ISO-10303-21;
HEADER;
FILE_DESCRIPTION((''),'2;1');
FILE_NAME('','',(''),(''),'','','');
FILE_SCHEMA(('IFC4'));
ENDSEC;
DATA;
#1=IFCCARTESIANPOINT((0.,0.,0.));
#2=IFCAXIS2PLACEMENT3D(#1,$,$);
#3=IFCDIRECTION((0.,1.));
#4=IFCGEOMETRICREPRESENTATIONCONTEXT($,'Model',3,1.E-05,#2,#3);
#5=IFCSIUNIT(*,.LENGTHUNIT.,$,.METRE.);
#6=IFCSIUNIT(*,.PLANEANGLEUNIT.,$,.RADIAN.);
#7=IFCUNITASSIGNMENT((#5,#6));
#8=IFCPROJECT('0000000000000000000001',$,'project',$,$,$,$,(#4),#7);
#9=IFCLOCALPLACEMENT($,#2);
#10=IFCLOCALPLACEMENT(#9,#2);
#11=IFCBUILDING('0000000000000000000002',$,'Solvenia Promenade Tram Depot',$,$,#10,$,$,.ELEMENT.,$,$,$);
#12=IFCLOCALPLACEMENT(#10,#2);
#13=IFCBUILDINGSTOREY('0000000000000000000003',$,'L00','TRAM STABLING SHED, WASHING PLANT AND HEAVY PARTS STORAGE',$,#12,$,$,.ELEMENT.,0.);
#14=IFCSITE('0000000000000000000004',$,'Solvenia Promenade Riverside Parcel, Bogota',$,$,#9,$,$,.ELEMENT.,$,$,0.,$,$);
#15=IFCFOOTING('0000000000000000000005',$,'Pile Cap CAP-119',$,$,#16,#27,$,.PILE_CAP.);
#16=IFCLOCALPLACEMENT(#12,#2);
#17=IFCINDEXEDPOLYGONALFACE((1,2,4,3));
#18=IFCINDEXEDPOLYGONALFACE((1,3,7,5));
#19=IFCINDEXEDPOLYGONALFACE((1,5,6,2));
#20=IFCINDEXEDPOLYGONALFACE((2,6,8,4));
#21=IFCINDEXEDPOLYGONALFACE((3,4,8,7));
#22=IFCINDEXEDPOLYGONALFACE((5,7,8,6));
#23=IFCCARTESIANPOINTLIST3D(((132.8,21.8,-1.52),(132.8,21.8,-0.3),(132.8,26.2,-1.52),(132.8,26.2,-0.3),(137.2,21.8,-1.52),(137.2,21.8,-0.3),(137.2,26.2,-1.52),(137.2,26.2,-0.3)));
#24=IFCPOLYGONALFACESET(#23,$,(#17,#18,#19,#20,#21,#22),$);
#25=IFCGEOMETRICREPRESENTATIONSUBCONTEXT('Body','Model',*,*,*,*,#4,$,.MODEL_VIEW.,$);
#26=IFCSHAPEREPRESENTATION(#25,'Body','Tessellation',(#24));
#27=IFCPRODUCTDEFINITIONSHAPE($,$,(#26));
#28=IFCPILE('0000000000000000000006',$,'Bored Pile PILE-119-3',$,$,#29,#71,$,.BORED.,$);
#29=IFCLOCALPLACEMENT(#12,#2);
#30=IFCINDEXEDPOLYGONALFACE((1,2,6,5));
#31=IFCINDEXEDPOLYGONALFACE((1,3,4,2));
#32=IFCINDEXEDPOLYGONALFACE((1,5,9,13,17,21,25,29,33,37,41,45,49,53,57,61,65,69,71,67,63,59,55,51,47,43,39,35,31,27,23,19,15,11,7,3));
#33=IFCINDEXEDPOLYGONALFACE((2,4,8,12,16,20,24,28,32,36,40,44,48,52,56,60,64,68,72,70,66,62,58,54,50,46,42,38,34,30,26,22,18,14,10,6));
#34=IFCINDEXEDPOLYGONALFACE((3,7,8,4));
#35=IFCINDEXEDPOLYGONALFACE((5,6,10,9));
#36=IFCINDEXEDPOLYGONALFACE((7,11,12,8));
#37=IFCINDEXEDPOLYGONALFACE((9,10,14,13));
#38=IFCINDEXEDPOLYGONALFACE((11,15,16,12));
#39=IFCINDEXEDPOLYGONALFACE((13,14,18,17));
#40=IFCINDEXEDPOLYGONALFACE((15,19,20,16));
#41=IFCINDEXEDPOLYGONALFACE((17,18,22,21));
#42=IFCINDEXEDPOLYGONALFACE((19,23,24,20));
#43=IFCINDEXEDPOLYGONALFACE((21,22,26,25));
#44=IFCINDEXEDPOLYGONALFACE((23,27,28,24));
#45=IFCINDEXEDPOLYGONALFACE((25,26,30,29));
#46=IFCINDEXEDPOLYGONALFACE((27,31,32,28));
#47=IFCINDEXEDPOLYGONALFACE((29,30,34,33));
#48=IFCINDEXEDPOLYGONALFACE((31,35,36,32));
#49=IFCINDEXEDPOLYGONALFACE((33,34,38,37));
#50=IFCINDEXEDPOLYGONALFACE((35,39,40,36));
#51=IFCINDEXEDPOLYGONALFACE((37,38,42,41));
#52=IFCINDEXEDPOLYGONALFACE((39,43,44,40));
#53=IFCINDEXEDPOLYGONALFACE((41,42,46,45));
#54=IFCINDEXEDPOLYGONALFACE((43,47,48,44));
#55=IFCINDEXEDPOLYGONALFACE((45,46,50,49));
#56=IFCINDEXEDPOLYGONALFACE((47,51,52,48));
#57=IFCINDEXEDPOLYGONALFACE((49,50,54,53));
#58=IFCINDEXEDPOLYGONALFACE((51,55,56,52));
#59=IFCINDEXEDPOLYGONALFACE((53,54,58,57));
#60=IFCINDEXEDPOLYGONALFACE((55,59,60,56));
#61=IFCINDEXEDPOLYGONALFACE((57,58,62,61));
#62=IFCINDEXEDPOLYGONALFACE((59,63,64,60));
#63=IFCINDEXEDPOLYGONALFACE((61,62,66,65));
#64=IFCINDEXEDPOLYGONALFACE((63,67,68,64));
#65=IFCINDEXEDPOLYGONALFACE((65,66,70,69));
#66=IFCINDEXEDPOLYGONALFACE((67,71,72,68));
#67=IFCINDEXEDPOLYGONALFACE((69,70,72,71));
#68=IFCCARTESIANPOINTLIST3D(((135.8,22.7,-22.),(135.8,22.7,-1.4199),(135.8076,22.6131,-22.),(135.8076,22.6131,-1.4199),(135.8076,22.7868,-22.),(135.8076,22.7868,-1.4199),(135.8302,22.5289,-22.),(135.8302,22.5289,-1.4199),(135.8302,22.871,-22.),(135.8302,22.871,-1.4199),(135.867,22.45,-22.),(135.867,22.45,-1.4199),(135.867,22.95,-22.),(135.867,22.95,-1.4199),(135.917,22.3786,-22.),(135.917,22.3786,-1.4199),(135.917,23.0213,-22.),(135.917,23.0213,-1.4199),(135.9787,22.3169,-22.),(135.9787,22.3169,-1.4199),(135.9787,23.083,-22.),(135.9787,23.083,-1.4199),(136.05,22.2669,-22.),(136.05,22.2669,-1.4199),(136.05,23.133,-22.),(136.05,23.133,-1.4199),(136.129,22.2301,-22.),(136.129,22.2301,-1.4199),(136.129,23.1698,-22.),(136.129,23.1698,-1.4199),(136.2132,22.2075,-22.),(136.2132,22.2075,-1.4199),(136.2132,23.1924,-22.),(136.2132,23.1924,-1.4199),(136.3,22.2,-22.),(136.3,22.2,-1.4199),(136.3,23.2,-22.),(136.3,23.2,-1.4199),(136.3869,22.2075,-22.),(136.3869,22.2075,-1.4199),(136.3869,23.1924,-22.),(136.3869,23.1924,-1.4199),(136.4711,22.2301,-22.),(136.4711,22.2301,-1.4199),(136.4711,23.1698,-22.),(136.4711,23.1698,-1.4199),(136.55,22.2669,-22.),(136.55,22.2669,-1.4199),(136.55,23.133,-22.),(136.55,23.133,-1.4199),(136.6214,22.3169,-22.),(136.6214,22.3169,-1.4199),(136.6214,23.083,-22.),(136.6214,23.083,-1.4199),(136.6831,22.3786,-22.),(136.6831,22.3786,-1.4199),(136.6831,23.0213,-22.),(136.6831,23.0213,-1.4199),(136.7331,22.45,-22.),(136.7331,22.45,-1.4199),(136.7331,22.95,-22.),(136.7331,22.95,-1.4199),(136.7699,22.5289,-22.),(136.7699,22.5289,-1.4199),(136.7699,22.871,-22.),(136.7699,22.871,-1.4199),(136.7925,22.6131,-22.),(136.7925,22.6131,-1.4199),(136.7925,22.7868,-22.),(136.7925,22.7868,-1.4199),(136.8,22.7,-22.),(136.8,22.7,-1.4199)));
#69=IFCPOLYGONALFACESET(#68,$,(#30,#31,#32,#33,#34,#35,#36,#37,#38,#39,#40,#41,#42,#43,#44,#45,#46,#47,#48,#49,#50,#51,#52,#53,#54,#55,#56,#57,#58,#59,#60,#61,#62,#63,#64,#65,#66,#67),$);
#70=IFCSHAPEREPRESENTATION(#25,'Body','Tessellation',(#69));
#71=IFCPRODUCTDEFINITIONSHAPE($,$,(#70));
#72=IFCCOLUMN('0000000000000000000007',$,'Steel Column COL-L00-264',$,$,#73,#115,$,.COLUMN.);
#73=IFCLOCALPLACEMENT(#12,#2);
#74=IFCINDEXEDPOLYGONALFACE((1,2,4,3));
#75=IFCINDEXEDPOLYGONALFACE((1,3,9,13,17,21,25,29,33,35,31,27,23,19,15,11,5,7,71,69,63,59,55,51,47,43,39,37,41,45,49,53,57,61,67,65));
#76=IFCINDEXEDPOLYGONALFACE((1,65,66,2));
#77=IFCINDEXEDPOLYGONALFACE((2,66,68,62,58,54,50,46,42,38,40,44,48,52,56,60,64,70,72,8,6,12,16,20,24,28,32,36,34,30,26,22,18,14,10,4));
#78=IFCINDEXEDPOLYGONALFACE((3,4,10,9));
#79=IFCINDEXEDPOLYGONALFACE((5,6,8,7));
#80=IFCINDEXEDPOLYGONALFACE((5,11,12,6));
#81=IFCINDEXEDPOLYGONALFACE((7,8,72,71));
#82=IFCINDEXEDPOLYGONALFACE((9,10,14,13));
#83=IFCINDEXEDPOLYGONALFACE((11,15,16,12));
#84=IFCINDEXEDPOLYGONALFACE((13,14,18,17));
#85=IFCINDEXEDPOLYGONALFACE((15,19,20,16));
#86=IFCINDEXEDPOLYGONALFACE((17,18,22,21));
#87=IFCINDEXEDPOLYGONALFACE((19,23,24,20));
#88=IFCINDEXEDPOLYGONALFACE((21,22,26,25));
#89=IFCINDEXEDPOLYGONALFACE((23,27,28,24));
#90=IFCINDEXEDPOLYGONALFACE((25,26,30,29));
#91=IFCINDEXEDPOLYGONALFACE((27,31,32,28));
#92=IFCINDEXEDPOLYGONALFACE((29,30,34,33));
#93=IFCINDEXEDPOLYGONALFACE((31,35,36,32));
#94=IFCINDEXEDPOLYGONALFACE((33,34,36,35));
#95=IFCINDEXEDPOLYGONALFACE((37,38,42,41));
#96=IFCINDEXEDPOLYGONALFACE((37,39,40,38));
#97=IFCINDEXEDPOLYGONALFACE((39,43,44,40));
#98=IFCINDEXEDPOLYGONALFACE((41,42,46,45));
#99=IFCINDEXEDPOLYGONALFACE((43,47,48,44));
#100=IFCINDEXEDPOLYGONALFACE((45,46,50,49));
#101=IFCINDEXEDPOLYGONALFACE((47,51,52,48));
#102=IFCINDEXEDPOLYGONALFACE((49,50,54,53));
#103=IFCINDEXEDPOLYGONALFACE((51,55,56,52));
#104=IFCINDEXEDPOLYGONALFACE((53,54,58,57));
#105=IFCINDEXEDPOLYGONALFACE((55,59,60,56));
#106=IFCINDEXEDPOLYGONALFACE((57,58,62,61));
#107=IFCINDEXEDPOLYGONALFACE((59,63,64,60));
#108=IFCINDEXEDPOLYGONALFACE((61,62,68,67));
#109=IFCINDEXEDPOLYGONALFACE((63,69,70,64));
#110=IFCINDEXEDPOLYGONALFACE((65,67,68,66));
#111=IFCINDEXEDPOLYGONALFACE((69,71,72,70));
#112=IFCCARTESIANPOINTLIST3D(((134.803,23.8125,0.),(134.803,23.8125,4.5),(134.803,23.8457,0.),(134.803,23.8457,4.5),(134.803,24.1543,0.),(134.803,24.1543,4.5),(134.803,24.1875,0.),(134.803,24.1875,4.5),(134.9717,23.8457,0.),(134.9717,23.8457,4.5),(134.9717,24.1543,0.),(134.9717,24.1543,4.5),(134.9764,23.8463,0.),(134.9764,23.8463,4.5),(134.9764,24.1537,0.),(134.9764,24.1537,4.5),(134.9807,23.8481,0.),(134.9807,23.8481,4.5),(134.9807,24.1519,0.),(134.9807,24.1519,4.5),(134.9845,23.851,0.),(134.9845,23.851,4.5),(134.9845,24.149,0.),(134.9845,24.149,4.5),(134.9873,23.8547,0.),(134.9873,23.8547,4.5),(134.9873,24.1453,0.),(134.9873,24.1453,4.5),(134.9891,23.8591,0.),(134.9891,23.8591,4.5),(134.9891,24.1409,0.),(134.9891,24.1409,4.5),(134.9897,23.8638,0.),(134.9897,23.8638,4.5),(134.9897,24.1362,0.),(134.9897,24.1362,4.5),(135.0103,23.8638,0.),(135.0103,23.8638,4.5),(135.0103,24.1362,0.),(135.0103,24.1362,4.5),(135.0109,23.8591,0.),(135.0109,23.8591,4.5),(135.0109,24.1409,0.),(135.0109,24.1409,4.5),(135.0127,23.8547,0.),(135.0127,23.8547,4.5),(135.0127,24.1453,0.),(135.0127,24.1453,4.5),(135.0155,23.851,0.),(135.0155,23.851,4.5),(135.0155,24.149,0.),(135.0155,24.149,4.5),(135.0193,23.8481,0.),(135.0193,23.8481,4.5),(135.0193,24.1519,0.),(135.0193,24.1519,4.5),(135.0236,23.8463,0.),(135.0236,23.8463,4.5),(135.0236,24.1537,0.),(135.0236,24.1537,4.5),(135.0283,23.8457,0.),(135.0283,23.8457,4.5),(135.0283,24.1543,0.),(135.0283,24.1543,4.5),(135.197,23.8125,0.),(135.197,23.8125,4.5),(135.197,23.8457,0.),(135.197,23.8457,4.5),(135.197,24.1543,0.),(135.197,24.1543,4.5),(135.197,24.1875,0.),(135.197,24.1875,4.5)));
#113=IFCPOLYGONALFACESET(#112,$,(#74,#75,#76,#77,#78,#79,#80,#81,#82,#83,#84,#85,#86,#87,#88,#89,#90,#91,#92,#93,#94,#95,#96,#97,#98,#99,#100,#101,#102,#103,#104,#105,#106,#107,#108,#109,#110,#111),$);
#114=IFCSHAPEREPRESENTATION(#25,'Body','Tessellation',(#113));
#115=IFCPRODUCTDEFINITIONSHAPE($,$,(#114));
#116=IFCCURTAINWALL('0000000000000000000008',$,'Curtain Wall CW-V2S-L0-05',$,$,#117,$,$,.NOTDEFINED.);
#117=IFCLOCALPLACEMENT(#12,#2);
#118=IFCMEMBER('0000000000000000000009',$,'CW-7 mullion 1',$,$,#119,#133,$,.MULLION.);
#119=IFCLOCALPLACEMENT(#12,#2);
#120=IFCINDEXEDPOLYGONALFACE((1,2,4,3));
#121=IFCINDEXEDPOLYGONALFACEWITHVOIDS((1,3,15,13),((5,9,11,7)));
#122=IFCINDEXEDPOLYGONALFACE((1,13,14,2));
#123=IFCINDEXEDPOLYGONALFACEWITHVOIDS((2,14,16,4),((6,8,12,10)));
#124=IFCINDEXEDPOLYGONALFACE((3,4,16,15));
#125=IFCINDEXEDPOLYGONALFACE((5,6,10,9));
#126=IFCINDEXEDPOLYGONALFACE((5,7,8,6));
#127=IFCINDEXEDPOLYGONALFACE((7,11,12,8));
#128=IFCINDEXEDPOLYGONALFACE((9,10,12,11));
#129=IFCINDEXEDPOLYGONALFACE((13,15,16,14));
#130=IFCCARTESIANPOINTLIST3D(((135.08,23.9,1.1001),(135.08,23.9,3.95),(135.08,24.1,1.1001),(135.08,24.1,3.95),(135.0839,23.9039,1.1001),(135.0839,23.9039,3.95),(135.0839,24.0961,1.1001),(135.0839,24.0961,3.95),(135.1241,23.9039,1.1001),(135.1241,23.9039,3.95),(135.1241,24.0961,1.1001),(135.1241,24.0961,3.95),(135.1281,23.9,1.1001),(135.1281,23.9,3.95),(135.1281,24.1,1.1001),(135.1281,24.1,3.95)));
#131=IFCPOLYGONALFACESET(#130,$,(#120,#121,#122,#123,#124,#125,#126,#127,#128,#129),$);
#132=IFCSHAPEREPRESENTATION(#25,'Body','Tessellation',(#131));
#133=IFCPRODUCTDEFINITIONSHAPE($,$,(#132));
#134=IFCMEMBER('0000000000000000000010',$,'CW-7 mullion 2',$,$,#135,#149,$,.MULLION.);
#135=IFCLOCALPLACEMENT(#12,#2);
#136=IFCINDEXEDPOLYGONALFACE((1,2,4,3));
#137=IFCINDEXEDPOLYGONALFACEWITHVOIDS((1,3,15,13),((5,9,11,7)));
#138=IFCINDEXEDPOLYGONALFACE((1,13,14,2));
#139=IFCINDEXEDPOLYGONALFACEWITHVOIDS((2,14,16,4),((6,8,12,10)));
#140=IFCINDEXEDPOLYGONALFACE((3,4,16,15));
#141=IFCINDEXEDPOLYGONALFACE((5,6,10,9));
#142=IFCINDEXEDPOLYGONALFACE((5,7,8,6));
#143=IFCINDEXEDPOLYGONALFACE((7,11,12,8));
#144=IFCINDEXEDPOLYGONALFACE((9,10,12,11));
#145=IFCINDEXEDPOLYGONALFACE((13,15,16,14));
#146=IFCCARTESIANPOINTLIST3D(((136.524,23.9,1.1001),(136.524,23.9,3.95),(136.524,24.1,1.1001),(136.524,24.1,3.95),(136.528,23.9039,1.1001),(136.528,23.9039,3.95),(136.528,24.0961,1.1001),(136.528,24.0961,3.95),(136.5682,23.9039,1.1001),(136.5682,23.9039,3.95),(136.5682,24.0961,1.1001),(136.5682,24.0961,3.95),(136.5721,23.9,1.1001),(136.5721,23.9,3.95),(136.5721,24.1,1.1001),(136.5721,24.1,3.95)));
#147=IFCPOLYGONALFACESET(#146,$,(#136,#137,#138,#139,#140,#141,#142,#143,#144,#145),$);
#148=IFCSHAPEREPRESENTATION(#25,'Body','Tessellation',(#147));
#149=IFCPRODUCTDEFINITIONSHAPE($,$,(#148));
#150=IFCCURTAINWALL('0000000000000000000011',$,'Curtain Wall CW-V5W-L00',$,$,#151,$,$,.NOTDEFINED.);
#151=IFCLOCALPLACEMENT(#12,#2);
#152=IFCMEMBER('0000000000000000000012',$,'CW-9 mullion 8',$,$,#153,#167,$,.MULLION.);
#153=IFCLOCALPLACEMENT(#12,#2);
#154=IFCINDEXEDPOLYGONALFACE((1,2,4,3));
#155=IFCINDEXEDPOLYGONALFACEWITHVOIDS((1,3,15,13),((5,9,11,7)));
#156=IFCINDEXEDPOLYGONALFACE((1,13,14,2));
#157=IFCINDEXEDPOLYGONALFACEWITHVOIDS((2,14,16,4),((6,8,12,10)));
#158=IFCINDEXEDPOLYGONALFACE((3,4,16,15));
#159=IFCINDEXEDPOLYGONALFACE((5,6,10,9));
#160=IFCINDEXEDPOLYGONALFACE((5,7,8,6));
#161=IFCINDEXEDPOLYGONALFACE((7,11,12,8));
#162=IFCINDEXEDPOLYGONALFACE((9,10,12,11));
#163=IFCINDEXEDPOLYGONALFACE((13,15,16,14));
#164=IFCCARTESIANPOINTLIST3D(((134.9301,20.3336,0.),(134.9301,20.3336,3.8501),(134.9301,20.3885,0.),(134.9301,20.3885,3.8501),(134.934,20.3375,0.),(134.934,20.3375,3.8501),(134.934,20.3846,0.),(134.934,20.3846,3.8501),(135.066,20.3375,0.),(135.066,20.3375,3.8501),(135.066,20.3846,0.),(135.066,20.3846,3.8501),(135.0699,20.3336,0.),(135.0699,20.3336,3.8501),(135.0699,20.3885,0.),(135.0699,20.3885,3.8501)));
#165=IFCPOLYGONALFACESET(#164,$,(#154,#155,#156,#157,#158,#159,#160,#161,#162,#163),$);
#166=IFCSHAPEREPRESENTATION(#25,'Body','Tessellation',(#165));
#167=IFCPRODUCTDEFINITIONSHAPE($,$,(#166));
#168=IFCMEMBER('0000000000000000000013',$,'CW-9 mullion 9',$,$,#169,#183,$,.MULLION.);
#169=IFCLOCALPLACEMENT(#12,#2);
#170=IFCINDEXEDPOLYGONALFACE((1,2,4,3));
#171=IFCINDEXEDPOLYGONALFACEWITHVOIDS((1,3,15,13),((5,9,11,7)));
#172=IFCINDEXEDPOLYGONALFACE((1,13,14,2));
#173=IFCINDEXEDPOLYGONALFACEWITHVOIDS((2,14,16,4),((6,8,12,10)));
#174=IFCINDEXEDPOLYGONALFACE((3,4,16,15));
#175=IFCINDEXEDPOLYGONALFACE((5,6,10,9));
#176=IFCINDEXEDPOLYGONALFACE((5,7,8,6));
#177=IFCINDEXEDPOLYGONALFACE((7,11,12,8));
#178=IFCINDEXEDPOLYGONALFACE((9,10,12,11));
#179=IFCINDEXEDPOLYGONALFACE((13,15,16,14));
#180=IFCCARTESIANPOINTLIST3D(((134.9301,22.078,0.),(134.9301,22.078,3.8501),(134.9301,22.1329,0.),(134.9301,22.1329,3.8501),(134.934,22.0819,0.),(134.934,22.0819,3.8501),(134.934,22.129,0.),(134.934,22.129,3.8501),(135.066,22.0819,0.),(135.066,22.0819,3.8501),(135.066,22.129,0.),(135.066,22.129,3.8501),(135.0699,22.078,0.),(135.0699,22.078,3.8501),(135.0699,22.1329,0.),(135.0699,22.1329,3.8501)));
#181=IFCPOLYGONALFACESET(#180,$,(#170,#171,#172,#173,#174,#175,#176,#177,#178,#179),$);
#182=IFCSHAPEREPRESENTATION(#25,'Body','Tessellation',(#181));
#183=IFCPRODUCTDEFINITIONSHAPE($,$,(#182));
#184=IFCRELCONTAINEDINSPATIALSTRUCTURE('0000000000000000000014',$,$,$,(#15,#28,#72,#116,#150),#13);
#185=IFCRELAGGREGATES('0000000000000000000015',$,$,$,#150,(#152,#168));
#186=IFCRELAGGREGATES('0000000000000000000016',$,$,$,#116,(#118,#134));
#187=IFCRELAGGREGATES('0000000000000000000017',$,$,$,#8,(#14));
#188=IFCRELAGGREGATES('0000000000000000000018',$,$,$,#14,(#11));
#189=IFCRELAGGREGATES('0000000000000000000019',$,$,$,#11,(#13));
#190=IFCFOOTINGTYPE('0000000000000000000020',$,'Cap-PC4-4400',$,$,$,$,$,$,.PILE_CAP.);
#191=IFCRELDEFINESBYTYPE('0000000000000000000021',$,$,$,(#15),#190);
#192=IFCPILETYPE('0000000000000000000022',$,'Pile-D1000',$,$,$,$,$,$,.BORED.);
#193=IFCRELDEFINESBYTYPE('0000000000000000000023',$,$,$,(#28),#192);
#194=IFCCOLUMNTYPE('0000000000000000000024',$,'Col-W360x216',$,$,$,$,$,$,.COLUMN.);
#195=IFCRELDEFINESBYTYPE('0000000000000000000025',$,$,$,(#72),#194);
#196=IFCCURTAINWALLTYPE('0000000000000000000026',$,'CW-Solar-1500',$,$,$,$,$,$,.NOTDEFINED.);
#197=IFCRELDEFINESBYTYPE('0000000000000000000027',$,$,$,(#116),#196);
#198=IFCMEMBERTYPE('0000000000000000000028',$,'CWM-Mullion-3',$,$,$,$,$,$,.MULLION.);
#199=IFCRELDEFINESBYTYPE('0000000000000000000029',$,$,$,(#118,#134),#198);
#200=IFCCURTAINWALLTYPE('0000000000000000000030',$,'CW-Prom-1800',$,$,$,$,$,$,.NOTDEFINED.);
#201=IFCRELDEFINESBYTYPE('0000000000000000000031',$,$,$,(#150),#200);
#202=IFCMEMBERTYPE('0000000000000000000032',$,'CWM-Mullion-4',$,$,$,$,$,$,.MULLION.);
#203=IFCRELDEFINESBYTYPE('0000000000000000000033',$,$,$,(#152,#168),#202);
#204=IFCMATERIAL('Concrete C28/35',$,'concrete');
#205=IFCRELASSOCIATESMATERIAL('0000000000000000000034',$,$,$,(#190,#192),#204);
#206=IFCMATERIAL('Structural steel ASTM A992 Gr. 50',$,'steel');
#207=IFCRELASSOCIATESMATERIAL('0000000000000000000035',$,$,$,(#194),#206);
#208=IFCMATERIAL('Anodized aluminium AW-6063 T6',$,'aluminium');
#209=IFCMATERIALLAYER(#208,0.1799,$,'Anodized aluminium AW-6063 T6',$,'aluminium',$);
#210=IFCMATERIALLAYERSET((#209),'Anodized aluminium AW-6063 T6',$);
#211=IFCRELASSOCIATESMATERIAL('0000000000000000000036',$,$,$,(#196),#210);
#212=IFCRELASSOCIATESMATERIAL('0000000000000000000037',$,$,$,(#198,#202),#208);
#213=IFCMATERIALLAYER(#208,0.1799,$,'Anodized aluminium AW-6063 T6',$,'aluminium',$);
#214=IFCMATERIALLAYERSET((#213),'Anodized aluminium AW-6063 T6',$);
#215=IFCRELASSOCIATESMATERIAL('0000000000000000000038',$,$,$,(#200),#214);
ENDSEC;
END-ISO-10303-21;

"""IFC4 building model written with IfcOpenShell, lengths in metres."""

from ifc_helpers import new_model, si_unit, direction, frame, origin, origin_2d, place, context, subcontext, project, spatial, rectangle, hollow_rectangle, circle, i_section, extrude, material, layer, layer_set, material_profile, profile_set, type_object, element, aggregate, save


model = new_model("IFC4")

# Units and contexts
model_context = context("Model", 3, precision=1e-05, world=origin(), true_north=direction((0.0, 1.0)))
body_context = subcontext(model_context, "Body", "Model", "MODEL_VIEW")
ifc_project = project(units=[si_unit("LENGTHUNIT", "METRE"), si_unit("PLANEANGLEUNIT", "RADIAN")], contexts=[model_context])

# Site, building, storey
site_placement = place(None, origin())
site = spatial("IfcSite", under=ifc_project, at=site_placement, Name="Solvenia Promenade Riverside Parcel, Bogota", CompositionType="ELEMENT", RefElevation=0.0)
building_placement = place(site_placement, origin())
building = spatial("IfcBuilding", under=site, at=building_placement, Name="Solvenia Promenade Tram Depot", CompositionType="ELEMENT")
storey_placement = place(building_placement, origin())
storey = spatial("IfcBuildingStorey", under=building, at=storey_placement, Name="L00", Description="TRAM STABLING SHED, WASHING PLANT AND HEAVY PARTS STORAGE", CompositionType="ELEMENT", Elevation=0.0)

# Footing
ifc_material_1 = material(Name="Concrete C28/35", Category="concrete")
footing_type = type_object("IfcFootingType", Name="Cap-PC4-4400", PredefinedType="PILE_CAP", material=ifc_material_1)
footing_placement = place(storey_placement, frame((135.0, 24.0, -1.52), z_axis=(0.0, 0.0, 1.0), x_axis=(1.0, 0.0, 0.0)))
element("IfcFooting", 1, at=footing_placement, inside=storey, type_object=footing_type, Name="Pile Cap CAP-119", PredefinedType="PILE_CAP", context=body_context, shape_type="SweptSolid", body=[
    extrude(rectangle(XDim=4.3999, YDim=4.3999, at=origin_2d()), origin(), (0.0, 0.0, 1.0), 1.22),
])

# Pile
ifc_material_profile_1 = material_profile(ifc_material_1, circle(Radius=0.5, at=origin_2d()), Name="D1000", Category="concrete")
ifc_profile_set_1 = profile_set([ifc_material_profile_1], Name="Concrete C28/35")
pile_type = type_object("IfcPileType", Name="Pile-D1000", PredefinedType="BORED", material=ifc_profile_set_1)
pile_placement = place(storey_placement, frame((136.3, 22.7, -1.4199), z_axis=(0.0, 0.0, -1.0), x_axis=(1.0, 0.0, 0.0)))
element("IfcPile", 2, at=pile_placement, inside=storey, type_object=pile_type, Name="Bored Pile PILE-119-3", PredefinedType="BORED", context=body_context, shape_type="SweptSolid", body=[
    extrude(circle(Radius=0.5, at=origin_2d()), origin(), (0.0, 0.0, 1.0), 20.5801),
])

# Column
ifc_material_2 = material(Name="Structural steel ASTM A992 Gr. 50", Category="steel")
ifc_material_profile_2 = material_profile(ifc_material_2, i_section(OverallWidth=0.394, OverallDepth=0.375, WebThickness=0.0205, FlangeThickness=0.0332, FilletRadius=0.0181, at=origin_2d()), Name="W360x216", Category="steel")
ifc_profile_set_2 = profile_set([ifc_material_profile_2], Name="Structural steel ASTM A992 Gr. 50")
column_type = type_object("IfcColumnType", Name="Col-W360x216", PredefinedType="COLUMN", material=ifc_profile_set_2)
column_placement = place(storey_placement, frame((135.0, 24.0, 0.0), z_axis=(0.0, 0.0, 1.0), x_axis=(1.0, 0.0, 0.0)))
element("IfcColumn", 3, at=column_placement, inside=storey, type_object=column_type, Name="Steel Column COL-L00-264", PredefinedType="COLUMN", context=body_context, shape_type="SweptSolid", body=[
    extrude(i_section(OverallWidth=0.394, OverallDepth=0.375, WebThickness=0.0205, FlangeThickness=0.0332, FilletRadius=0.0181, at=origin_2d()), origin(), (0.0, 0.0, 1.0), 4.5),
])

# Curtain walls, members
ifc_material_3 = material(Name="Anodized aluminium AW-6063 T6", Category="aluminium")
ifc_layer_1 = layer(ifc_material_3, 0.1799, Name="Anodized aluminium AW-6063 T6", Category="aluminium")
ifc_layer_set_1 = layer_set([ifc_layer_1], Name="Anodized aluminium AW-6063 T6")
curtain_wall_type_1 = type_object("IfcCurtainWallType", Name="CW-Solar-1500", PredefinedType="NOTDEFINED", material=ifc_layer_set_1)
curtain_wall_1_placement = place(storey_placement, origin())
curtain_wall_1 = element("IfcCurtainWall", 4, at=curtain_wall_1_placement, inside=storey, type_object=curtain_wall_type_1, Name="Curtain Wall CW-V2S-L0-05", PredefinedType="NOTDEFINED")
ifc_material_profile_3 = material_profile(ifc_material_3, hollow_rectangle(XDim=0.2, YDim=0.0481, WallThickness=0.0039, at=origin_2d()), Name="ALU-M3", Category="aluminium")
ifc_profile_set_3 = profile_set([ifc_material_profile_3], Name="Anodized aluminium AW-6063 T6")
member_type_1 = type_object("IfcMemberType", Name="CWM-Mullion-3", PredefinedType="MULLION", material=ifc_profile_set_3)
member_1_placement = place(storey_placement, frame((135.104, 24.0, 1.1001), z_axis=(0.0, 0.0, 1.0), x_axis=(0.0, 1.0, 0.0)))
member_1 = element("IfcMember", 5, at=member_1_placement, type_object=member_type_1, Name="CW-7 mullion 1", PredefinedType="MULLION", context=body_context, shape_type="SweptSolid", body=[
    extrude(hollow_rectangle(XDim=0.2, YDim=0.0481, WallThickness=0.0039, at=origin_2d()), origin(), (0.0, 0.0, 1.0), 2.8499),
])
member_2_placement = place(storey_placement, frame((136.5481, 24.0, 1.1001), z_axis=(0.0, 0.0, 1.0), x_axis=(0.0, 1.0, 0.0)))
member_2 = element("IfcMember", 6, at=member_2_placement, type_object=member_type_1, Name="CW-7 mullion 2", PredefinedType="MULLION", context=body_context, shape_type="SweptSolid", body=[
    extrude(hollow_rectangle(XDim=0.2, YDim=0.0481, WallThickness=0.0039, at=origin_2d()), origin(), (0.0, 0.0, 1.0), 2.8499),
])
ifc_layer_2 = layer(ifc_material_3, 0.1799, Name="Anodized aluminium AW-6063 T6", Category="aluminium")
ifc_layer_set_2 = layer_set([ifc_layer_2], Name="Anodized aluminium AW-6063 T6")
curtain_wall_type_2 = type_object("IfcCurtainWallType", Name="CW-Prom-1800", PredefinedType="NOTDEFINED", material=ifc_layer_set_2)
curtain_wall_2_placement = place(storey_placement, origin())
curtain_wall_2 = element("IfcCurtainWall", 7, at=curtain_wall_2_placement, inside=storey, type_object=curtain_wall_type_2, Name="Curtain Wall CW-V5W-L00", PredefinedType="NOTDEFINED")
ifc_material_profile_4 = material_profile(ifc_material_3, hollow_rectangle(XDim=0.1399, YDim=0.0549, WallThickness=0.0039, at=origin_2d()), Name="ALU-M4", Category="aluminium")
ifc_profile_set_4 = profile_set([ifc_material_profile_4], Name="Anodized aluminium AW-6063 T6")
member_type_2 = type_object("IfcMemberType", Name="CWM-Mullion-4", PredefinedType="MULLION", material=ifc_profile_set_4)
member_3_placement = place(storey_placement, frame((135.0, 20.3611, 0.0), z_axis=(0.0, 0.0, 1.0), x_axis=(-1.0, 0.0, 0.0)))
member_3 = element("IfcMember", 8, at=member_3_placement, type_object=member_type_2, Name="CW-9 mullion 8", PredefinedType="MULLION", context=body_context, shape_type="SweptSolid", body=[
    extrude(hollow_rectangle(XDim=0.1399, YDim=0.0549, WallThickness=0.0039, at=origin_2d()), origin(), (0.0, 0.0, 1.0), 3.8501),
])
member_4_placement = place(storey_placement, frame((135.0, 22.1055, 0.0), z_axis=(0.0, 0.0, 1.0), x_axis=(-1.0, 0.0, 0.0)))
member_4 = element("IfcMember", 9, at=member_4_placement, type_object=member_type_2, Name="CW-9 mullion 9", PredefinedType="MULLION", context=body_context, shape_type="SweptSolid", body=[
    extrude(hollow_rectangle(XDim=0.1399, YDim=0.0549, WallThickness=0.0039, at=origin_2d()), origin(), (0.0, 0.0, 1.0), 3.8501),
])

aggregate(curtain_wall_2, [member_3, member_4])
aggregate(curtain_wall_1, [member_1, member_2])

save(model, "model.ifc")
